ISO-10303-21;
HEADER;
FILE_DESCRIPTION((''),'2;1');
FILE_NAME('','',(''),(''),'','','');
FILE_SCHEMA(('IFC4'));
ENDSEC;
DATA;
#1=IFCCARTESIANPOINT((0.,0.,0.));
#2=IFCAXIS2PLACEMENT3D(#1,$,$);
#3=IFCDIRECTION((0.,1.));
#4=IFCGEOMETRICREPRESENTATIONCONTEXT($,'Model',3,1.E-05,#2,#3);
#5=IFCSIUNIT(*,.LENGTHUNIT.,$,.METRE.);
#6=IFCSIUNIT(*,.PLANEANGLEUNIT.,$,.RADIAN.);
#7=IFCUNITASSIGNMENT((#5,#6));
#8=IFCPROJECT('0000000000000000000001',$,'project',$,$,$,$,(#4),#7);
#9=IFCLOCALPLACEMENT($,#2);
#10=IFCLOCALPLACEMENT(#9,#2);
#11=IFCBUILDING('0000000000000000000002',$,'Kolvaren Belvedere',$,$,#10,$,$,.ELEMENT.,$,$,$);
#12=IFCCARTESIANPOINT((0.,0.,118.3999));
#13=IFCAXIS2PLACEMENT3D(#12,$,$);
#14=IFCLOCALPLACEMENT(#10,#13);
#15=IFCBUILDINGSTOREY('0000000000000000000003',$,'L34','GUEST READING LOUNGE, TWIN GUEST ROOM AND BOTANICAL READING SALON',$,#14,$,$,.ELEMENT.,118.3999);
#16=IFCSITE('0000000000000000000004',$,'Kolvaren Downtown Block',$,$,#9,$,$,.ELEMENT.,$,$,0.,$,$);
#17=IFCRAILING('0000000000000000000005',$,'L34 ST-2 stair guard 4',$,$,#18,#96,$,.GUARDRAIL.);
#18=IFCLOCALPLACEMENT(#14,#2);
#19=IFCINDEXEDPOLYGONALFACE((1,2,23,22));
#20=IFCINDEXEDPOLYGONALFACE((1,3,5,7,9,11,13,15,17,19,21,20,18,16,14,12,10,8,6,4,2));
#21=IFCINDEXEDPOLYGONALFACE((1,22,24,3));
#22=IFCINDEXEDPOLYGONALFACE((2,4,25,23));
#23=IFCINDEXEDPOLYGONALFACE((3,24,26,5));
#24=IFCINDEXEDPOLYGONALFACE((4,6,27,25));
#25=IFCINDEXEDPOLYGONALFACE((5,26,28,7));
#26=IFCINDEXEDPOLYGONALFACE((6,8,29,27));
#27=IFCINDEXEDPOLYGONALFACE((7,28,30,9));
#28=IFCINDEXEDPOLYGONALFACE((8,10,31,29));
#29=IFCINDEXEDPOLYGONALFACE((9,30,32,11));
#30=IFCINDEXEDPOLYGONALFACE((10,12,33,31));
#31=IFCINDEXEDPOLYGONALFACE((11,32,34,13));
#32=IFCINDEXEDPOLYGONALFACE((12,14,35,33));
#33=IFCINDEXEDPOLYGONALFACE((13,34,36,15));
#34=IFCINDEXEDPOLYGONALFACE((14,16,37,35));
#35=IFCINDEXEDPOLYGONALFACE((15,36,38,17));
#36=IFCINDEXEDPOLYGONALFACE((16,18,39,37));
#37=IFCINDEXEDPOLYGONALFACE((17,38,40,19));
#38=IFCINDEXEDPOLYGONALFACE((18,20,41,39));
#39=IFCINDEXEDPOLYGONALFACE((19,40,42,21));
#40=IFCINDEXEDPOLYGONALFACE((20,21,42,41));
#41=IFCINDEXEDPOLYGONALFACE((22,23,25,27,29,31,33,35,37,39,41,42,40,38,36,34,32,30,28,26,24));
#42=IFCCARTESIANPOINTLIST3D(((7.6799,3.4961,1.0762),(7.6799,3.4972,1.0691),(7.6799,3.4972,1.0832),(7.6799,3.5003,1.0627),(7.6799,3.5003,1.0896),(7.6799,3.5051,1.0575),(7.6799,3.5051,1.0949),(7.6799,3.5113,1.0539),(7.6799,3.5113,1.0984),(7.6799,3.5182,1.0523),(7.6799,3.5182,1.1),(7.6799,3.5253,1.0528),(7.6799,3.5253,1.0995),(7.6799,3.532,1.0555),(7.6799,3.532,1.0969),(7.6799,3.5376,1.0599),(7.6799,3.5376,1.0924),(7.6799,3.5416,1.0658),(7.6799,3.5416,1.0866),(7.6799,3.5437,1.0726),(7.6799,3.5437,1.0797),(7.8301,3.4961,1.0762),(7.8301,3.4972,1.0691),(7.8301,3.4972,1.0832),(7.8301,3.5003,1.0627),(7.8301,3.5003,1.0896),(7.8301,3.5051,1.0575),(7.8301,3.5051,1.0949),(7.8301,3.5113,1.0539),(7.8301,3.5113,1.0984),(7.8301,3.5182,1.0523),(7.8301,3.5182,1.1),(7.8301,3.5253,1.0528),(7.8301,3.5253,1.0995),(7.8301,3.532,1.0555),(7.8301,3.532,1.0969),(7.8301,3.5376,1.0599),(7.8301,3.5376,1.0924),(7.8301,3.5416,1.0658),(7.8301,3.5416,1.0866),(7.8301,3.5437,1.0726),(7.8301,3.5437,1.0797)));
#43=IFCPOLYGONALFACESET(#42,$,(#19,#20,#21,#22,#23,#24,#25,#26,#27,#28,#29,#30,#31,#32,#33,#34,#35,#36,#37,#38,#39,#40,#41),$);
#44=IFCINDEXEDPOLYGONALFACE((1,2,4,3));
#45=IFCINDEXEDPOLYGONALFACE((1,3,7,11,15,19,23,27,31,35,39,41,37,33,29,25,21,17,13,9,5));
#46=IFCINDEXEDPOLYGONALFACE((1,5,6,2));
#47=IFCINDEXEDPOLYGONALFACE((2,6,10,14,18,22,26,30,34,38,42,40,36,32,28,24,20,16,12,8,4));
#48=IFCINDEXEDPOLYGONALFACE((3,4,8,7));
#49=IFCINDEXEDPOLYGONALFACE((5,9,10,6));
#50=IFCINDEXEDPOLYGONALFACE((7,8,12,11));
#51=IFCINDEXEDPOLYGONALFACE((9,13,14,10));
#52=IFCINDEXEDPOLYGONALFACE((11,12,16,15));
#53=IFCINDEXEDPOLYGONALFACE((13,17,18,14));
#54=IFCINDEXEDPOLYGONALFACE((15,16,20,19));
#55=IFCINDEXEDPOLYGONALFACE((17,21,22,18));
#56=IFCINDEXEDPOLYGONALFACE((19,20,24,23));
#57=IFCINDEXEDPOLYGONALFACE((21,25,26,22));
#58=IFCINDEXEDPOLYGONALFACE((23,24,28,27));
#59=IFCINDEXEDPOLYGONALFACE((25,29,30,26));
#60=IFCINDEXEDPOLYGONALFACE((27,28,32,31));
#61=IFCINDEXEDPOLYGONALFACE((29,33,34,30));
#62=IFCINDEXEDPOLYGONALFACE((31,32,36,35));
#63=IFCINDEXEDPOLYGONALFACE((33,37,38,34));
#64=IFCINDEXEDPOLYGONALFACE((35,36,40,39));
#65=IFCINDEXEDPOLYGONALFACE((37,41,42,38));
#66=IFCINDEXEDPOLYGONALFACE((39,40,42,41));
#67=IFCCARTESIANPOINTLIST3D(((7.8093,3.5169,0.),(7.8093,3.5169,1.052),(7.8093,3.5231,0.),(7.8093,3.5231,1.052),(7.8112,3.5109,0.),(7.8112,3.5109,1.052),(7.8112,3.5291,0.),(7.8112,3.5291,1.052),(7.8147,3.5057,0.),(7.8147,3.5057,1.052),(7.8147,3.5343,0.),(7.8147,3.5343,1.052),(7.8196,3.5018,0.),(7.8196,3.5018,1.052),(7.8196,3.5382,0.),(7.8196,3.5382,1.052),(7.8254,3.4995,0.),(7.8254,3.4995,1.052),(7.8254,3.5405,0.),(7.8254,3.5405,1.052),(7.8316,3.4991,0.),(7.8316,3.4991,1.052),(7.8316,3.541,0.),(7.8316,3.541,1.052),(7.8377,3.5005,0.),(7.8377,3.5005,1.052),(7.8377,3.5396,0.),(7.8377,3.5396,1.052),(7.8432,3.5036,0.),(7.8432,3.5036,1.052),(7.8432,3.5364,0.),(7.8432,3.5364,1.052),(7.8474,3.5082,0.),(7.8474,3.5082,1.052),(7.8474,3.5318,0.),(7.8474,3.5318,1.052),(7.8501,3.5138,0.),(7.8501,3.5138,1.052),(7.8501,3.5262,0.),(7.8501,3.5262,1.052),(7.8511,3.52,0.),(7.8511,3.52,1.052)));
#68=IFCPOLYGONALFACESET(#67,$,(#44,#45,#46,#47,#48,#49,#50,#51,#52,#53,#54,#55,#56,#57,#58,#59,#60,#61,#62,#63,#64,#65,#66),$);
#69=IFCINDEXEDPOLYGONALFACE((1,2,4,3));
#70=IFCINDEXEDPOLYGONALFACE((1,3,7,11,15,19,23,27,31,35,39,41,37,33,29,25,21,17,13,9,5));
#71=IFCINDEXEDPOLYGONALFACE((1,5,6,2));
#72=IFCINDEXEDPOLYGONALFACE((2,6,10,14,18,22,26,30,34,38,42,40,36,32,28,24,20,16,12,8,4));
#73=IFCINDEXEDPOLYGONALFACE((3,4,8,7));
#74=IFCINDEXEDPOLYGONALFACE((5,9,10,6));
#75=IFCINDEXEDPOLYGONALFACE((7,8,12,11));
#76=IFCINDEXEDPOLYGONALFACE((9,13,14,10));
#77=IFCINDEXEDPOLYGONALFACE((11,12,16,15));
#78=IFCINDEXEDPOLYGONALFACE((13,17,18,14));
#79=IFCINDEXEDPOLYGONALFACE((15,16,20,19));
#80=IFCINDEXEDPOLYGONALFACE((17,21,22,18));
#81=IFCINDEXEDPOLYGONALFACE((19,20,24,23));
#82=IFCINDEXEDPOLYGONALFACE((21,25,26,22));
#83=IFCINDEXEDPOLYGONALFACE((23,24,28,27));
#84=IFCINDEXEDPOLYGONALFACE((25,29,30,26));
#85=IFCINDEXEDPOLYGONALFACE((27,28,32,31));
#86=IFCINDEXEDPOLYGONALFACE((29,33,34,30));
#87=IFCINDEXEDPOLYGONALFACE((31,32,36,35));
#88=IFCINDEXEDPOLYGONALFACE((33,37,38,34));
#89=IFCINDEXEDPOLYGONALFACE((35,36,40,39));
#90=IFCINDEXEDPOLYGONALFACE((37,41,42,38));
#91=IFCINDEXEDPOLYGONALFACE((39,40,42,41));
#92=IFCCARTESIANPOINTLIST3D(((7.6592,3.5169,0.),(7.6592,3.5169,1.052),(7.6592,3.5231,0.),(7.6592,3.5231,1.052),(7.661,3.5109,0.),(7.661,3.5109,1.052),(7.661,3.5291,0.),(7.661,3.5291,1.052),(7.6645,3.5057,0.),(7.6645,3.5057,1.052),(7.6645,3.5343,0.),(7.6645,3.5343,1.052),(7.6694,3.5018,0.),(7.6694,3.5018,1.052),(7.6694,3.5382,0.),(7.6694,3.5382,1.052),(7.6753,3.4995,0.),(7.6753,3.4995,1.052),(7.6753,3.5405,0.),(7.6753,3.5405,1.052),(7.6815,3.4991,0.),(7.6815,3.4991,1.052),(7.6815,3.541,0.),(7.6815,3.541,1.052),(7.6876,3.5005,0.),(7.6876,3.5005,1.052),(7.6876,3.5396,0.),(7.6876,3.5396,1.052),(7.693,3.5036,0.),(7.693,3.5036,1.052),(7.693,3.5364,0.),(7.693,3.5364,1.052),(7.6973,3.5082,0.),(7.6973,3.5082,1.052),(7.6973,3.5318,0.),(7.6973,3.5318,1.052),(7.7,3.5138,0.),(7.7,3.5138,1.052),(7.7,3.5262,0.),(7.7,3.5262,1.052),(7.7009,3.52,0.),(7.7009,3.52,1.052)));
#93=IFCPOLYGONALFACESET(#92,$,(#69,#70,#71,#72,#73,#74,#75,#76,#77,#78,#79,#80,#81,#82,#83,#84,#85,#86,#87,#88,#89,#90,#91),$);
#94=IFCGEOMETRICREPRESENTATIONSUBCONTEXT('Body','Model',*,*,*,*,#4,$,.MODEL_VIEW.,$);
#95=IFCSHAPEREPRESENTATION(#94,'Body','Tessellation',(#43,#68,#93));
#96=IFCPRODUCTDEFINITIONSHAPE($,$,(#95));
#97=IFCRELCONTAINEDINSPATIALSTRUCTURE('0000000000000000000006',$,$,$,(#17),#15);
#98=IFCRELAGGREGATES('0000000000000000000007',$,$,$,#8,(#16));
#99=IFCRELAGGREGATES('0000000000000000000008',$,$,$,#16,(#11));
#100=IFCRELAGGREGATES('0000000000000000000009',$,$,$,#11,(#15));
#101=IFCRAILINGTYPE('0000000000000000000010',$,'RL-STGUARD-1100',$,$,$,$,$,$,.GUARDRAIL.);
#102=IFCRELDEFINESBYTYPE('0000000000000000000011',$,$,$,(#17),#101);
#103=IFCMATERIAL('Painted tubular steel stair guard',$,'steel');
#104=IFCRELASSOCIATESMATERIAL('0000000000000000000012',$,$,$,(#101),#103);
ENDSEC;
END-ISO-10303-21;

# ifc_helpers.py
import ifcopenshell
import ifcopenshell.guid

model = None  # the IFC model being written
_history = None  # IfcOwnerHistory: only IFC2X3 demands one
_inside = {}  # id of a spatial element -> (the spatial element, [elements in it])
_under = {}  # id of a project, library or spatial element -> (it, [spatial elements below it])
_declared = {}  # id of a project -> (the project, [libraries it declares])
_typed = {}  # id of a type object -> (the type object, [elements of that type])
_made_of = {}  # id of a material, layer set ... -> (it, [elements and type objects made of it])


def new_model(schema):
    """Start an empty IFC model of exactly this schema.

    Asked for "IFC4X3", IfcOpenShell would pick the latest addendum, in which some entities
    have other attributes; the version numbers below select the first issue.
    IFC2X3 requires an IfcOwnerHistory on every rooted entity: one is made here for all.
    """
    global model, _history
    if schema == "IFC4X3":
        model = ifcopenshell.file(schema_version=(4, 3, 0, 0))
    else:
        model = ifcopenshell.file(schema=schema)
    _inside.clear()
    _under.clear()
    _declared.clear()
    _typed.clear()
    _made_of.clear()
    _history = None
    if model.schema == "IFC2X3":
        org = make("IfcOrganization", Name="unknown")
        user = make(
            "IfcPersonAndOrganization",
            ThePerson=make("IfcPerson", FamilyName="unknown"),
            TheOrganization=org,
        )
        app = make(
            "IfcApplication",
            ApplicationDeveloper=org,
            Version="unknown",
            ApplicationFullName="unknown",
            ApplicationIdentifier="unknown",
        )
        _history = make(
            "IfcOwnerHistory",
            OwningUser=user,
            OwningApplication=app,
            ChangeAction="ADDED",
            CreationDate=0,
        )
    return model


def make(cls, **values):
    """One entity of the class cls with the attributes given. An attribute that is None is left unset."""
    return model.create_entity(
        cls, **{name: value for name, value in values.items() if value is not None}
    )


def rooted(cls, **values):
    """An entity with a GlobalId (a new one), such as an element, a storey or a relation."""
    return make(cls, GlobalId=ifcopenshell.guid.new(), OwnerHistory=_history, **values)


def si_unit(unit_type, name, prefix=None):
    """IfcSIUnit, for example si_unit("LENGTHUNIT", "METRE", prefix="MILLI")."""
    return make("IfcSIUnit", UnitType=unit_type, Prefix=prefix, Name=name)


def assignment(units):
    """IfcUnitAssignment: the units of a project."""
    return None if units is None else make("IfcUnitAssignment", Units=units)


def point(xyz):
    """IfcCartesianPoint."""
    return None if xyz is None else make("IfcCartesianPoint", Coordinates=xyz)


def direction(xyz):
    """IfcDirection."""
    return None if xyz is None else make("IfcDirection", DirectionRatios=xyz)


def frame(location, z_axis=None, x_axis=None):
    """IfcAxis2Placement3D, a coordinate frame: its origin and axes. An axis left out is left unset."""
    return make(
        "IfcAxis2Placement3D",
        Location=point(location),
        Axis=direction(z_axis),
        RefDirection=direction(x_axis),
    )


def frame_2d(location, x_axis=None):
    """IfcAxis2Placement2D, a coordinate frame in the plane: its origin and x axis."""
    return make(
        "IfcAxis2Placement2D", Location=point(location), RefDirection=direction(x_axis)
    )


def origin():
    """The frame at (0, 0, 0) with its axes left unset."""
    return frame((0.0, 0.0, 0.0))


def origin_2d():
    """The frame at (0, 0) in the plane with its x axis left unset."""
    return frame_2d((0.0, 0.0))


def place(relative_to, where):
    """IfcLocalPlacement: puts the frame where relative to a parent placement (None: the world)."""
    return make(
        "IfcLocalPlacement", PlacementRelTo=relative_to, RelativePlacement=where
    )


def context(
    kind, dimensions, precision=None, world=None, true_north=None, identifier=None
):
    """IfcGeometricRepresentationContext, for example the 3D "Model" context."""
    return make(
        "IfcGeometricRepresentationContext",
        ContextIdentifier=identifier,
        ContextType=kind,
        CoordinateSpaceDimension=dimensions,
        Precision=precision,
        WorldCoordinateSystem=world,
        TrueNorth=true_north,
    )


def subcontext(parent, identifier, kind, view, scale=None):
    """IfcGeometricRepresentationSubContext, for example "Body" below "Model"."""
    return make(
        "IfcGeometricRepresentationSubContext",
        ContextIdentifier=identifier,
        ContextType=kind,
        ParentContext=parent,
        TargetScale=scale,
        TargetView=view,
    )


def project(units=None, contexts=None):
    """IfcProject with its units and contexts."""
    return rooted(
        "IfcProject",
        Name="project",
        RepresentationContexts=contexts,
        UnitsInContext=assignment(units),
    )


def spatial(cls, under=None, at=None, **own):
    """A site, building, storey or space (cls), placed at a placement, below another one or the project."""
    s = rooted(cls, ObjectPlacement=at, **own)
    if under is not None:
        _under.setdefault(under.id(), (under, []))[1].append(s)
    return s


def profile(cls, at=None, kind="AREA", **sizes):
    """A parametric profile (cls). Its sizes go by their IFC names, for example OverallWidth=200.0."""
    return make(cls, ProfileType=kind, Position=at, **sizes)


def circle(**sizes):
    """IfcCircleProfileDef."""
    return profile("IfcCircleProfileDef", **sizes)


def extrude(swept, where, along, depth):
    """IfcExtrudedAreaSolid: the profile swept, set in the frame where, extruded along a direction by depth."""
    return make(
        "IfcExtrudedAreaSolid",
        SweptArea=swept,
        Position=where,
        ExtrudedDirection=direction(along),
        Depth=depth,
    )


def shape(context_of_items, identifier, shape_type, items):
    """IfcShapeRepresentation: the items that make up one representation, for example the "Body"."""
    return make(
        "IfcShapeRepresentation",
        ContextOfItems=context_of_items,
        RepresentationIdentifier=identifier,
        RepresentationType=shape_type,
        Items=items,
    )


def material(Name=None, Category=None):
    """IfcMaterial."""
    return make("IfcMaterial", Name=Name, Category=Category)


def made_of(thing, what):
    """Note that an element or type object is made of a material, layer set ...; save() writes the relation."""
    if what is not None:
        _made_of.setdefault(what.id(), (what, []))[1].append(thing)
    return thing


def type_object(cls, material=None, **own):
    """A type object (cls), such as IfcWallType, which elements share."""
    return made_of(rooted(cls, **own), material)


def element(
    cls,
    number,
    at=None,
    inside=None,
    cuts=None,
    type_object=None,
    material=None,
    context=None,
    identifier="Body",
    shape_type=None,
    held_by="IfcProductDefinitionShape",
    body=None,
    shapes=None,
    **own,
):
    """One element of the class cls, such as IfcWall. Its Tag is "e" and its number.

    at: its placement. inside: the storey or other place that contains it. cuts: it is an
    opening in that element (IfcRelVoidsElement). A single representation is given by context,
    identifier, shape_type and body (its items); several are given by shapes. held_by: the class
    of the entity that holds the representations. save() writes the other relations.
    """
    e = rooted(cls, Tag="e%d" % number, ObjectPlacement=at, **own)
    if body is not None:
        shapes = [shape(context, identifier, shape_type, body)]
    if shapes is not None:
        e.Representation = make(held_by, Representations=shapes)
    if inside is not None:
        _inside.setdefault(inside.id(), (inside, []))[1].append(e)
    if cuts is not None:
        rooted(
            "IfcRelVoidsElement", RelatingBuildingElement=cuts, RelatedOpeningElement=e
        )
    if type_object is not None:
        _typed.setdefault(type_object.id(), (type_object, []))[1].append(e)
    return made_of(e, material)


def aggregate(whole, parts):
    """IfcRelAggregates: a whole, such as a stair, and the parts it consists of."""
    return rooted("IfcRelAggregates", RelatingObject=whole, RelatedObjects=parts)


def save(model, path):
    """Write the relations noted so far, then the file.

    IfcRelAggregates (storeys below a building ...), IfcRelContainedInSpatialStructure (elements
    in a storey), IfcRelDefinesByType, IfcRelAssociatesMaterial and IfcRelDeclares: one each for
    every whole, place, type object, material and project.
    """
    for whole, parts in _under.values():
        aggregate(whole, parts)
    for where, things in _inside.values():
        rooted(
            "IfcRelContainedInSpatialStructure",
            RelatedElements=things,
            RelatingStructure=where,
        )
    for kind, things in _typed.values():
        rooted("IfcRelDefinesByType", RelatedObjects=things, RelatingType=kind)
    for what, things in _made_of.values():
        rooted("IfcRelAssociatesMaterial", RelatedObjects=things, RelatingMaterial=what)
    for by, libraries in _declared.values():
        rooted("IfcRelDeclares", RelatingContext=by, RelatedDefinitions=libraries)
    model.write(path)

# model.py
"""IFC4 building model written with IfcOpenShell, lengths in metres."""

from ifc_helpers import new_model, si_unit, direction, frame, origin, origin_2d, place, context, subcontext, project, spatial, circle, extrude, material, type_object, element, save


model = new_model("IFC4")

# Units and contexts
model_context = context("Model", 3, precision=1e-05, world=origin(), true_north=direction((0.0, 1.0)))
body_context = subcontext(model_context, "Body", "Model", "MODEL_VIEW")
ifc_project = project(units=[si_unit("LENGTHUNIT", "METRE"), si_unit("PLANEANGLEUNIT", "RADIAN")], contexts=[model_context])

# Site, building, storey
site_placement = place(None, origin())
site = spatial("IfcSite", under=ifc_project, at=site_placement, Name="Kolvaren Downtown Block", CompositionType="ELEMENT", RefElevation=0.0)
building_placement = place(site_placement, origin())
building = spatial("IfcBuilding", under=site, at=building_placement, Name="Kolvaren Belvedere", CompositionType="ELEMENT")
storey_placement = place(building_placement, frame((0.0, 0.0, 118.3999)))
storey = spatial("IfcBuildingStorey", under=building, at=storey_placement, Name="L34", Description="GUEST READING LOUNGE, TWIN GUEST ROOM AND BOTANICAL READING SALON", CompositionType="ELEMENT", Elevation=118.3999)

# Railing
ifc_material_1 = material(Name="Painted tubular steel stair guard", Category="steel")
railing_type_1 = type_object("IfcRailingType", Name="RL-STGUARD-1100", PredefinedType="GUARDRAIL", material=ifc_material_1)
railing_1_placement = place(storey_placement, frame((7.8301, 3.52, 0.0)))
element("IfcRailing", 1, at=railing_1_placement, inside=storey, type_object=railing_type_1, Name="L34 ST-2 stair guard 4", PredefinedType="GUARDRAIL", context=body_context, shape_type="SweptSolid", body=[
    extrude(circle(Radius=0.0239, at=origin_2d()), frame((0.0, 0.0, 1.0762), z_axis=(-1.0, 0.0, 0.0), x_axis=(0.0, -1.0, 0.0)), (0.0, 0.0, 1.0), 0.1501),
    extrude(circle(Radius=0.021, at=origin_2d()), origin(), (0.0, 0.0, 1.0), 1.052),
    extrude(circle(Radius=0.021, at=origin_2d()), frame((-0.1501, 0.0, 0.0)), (0.0, 0.0, 1.0), 1.052),
])

save(model, "model.ifc")
